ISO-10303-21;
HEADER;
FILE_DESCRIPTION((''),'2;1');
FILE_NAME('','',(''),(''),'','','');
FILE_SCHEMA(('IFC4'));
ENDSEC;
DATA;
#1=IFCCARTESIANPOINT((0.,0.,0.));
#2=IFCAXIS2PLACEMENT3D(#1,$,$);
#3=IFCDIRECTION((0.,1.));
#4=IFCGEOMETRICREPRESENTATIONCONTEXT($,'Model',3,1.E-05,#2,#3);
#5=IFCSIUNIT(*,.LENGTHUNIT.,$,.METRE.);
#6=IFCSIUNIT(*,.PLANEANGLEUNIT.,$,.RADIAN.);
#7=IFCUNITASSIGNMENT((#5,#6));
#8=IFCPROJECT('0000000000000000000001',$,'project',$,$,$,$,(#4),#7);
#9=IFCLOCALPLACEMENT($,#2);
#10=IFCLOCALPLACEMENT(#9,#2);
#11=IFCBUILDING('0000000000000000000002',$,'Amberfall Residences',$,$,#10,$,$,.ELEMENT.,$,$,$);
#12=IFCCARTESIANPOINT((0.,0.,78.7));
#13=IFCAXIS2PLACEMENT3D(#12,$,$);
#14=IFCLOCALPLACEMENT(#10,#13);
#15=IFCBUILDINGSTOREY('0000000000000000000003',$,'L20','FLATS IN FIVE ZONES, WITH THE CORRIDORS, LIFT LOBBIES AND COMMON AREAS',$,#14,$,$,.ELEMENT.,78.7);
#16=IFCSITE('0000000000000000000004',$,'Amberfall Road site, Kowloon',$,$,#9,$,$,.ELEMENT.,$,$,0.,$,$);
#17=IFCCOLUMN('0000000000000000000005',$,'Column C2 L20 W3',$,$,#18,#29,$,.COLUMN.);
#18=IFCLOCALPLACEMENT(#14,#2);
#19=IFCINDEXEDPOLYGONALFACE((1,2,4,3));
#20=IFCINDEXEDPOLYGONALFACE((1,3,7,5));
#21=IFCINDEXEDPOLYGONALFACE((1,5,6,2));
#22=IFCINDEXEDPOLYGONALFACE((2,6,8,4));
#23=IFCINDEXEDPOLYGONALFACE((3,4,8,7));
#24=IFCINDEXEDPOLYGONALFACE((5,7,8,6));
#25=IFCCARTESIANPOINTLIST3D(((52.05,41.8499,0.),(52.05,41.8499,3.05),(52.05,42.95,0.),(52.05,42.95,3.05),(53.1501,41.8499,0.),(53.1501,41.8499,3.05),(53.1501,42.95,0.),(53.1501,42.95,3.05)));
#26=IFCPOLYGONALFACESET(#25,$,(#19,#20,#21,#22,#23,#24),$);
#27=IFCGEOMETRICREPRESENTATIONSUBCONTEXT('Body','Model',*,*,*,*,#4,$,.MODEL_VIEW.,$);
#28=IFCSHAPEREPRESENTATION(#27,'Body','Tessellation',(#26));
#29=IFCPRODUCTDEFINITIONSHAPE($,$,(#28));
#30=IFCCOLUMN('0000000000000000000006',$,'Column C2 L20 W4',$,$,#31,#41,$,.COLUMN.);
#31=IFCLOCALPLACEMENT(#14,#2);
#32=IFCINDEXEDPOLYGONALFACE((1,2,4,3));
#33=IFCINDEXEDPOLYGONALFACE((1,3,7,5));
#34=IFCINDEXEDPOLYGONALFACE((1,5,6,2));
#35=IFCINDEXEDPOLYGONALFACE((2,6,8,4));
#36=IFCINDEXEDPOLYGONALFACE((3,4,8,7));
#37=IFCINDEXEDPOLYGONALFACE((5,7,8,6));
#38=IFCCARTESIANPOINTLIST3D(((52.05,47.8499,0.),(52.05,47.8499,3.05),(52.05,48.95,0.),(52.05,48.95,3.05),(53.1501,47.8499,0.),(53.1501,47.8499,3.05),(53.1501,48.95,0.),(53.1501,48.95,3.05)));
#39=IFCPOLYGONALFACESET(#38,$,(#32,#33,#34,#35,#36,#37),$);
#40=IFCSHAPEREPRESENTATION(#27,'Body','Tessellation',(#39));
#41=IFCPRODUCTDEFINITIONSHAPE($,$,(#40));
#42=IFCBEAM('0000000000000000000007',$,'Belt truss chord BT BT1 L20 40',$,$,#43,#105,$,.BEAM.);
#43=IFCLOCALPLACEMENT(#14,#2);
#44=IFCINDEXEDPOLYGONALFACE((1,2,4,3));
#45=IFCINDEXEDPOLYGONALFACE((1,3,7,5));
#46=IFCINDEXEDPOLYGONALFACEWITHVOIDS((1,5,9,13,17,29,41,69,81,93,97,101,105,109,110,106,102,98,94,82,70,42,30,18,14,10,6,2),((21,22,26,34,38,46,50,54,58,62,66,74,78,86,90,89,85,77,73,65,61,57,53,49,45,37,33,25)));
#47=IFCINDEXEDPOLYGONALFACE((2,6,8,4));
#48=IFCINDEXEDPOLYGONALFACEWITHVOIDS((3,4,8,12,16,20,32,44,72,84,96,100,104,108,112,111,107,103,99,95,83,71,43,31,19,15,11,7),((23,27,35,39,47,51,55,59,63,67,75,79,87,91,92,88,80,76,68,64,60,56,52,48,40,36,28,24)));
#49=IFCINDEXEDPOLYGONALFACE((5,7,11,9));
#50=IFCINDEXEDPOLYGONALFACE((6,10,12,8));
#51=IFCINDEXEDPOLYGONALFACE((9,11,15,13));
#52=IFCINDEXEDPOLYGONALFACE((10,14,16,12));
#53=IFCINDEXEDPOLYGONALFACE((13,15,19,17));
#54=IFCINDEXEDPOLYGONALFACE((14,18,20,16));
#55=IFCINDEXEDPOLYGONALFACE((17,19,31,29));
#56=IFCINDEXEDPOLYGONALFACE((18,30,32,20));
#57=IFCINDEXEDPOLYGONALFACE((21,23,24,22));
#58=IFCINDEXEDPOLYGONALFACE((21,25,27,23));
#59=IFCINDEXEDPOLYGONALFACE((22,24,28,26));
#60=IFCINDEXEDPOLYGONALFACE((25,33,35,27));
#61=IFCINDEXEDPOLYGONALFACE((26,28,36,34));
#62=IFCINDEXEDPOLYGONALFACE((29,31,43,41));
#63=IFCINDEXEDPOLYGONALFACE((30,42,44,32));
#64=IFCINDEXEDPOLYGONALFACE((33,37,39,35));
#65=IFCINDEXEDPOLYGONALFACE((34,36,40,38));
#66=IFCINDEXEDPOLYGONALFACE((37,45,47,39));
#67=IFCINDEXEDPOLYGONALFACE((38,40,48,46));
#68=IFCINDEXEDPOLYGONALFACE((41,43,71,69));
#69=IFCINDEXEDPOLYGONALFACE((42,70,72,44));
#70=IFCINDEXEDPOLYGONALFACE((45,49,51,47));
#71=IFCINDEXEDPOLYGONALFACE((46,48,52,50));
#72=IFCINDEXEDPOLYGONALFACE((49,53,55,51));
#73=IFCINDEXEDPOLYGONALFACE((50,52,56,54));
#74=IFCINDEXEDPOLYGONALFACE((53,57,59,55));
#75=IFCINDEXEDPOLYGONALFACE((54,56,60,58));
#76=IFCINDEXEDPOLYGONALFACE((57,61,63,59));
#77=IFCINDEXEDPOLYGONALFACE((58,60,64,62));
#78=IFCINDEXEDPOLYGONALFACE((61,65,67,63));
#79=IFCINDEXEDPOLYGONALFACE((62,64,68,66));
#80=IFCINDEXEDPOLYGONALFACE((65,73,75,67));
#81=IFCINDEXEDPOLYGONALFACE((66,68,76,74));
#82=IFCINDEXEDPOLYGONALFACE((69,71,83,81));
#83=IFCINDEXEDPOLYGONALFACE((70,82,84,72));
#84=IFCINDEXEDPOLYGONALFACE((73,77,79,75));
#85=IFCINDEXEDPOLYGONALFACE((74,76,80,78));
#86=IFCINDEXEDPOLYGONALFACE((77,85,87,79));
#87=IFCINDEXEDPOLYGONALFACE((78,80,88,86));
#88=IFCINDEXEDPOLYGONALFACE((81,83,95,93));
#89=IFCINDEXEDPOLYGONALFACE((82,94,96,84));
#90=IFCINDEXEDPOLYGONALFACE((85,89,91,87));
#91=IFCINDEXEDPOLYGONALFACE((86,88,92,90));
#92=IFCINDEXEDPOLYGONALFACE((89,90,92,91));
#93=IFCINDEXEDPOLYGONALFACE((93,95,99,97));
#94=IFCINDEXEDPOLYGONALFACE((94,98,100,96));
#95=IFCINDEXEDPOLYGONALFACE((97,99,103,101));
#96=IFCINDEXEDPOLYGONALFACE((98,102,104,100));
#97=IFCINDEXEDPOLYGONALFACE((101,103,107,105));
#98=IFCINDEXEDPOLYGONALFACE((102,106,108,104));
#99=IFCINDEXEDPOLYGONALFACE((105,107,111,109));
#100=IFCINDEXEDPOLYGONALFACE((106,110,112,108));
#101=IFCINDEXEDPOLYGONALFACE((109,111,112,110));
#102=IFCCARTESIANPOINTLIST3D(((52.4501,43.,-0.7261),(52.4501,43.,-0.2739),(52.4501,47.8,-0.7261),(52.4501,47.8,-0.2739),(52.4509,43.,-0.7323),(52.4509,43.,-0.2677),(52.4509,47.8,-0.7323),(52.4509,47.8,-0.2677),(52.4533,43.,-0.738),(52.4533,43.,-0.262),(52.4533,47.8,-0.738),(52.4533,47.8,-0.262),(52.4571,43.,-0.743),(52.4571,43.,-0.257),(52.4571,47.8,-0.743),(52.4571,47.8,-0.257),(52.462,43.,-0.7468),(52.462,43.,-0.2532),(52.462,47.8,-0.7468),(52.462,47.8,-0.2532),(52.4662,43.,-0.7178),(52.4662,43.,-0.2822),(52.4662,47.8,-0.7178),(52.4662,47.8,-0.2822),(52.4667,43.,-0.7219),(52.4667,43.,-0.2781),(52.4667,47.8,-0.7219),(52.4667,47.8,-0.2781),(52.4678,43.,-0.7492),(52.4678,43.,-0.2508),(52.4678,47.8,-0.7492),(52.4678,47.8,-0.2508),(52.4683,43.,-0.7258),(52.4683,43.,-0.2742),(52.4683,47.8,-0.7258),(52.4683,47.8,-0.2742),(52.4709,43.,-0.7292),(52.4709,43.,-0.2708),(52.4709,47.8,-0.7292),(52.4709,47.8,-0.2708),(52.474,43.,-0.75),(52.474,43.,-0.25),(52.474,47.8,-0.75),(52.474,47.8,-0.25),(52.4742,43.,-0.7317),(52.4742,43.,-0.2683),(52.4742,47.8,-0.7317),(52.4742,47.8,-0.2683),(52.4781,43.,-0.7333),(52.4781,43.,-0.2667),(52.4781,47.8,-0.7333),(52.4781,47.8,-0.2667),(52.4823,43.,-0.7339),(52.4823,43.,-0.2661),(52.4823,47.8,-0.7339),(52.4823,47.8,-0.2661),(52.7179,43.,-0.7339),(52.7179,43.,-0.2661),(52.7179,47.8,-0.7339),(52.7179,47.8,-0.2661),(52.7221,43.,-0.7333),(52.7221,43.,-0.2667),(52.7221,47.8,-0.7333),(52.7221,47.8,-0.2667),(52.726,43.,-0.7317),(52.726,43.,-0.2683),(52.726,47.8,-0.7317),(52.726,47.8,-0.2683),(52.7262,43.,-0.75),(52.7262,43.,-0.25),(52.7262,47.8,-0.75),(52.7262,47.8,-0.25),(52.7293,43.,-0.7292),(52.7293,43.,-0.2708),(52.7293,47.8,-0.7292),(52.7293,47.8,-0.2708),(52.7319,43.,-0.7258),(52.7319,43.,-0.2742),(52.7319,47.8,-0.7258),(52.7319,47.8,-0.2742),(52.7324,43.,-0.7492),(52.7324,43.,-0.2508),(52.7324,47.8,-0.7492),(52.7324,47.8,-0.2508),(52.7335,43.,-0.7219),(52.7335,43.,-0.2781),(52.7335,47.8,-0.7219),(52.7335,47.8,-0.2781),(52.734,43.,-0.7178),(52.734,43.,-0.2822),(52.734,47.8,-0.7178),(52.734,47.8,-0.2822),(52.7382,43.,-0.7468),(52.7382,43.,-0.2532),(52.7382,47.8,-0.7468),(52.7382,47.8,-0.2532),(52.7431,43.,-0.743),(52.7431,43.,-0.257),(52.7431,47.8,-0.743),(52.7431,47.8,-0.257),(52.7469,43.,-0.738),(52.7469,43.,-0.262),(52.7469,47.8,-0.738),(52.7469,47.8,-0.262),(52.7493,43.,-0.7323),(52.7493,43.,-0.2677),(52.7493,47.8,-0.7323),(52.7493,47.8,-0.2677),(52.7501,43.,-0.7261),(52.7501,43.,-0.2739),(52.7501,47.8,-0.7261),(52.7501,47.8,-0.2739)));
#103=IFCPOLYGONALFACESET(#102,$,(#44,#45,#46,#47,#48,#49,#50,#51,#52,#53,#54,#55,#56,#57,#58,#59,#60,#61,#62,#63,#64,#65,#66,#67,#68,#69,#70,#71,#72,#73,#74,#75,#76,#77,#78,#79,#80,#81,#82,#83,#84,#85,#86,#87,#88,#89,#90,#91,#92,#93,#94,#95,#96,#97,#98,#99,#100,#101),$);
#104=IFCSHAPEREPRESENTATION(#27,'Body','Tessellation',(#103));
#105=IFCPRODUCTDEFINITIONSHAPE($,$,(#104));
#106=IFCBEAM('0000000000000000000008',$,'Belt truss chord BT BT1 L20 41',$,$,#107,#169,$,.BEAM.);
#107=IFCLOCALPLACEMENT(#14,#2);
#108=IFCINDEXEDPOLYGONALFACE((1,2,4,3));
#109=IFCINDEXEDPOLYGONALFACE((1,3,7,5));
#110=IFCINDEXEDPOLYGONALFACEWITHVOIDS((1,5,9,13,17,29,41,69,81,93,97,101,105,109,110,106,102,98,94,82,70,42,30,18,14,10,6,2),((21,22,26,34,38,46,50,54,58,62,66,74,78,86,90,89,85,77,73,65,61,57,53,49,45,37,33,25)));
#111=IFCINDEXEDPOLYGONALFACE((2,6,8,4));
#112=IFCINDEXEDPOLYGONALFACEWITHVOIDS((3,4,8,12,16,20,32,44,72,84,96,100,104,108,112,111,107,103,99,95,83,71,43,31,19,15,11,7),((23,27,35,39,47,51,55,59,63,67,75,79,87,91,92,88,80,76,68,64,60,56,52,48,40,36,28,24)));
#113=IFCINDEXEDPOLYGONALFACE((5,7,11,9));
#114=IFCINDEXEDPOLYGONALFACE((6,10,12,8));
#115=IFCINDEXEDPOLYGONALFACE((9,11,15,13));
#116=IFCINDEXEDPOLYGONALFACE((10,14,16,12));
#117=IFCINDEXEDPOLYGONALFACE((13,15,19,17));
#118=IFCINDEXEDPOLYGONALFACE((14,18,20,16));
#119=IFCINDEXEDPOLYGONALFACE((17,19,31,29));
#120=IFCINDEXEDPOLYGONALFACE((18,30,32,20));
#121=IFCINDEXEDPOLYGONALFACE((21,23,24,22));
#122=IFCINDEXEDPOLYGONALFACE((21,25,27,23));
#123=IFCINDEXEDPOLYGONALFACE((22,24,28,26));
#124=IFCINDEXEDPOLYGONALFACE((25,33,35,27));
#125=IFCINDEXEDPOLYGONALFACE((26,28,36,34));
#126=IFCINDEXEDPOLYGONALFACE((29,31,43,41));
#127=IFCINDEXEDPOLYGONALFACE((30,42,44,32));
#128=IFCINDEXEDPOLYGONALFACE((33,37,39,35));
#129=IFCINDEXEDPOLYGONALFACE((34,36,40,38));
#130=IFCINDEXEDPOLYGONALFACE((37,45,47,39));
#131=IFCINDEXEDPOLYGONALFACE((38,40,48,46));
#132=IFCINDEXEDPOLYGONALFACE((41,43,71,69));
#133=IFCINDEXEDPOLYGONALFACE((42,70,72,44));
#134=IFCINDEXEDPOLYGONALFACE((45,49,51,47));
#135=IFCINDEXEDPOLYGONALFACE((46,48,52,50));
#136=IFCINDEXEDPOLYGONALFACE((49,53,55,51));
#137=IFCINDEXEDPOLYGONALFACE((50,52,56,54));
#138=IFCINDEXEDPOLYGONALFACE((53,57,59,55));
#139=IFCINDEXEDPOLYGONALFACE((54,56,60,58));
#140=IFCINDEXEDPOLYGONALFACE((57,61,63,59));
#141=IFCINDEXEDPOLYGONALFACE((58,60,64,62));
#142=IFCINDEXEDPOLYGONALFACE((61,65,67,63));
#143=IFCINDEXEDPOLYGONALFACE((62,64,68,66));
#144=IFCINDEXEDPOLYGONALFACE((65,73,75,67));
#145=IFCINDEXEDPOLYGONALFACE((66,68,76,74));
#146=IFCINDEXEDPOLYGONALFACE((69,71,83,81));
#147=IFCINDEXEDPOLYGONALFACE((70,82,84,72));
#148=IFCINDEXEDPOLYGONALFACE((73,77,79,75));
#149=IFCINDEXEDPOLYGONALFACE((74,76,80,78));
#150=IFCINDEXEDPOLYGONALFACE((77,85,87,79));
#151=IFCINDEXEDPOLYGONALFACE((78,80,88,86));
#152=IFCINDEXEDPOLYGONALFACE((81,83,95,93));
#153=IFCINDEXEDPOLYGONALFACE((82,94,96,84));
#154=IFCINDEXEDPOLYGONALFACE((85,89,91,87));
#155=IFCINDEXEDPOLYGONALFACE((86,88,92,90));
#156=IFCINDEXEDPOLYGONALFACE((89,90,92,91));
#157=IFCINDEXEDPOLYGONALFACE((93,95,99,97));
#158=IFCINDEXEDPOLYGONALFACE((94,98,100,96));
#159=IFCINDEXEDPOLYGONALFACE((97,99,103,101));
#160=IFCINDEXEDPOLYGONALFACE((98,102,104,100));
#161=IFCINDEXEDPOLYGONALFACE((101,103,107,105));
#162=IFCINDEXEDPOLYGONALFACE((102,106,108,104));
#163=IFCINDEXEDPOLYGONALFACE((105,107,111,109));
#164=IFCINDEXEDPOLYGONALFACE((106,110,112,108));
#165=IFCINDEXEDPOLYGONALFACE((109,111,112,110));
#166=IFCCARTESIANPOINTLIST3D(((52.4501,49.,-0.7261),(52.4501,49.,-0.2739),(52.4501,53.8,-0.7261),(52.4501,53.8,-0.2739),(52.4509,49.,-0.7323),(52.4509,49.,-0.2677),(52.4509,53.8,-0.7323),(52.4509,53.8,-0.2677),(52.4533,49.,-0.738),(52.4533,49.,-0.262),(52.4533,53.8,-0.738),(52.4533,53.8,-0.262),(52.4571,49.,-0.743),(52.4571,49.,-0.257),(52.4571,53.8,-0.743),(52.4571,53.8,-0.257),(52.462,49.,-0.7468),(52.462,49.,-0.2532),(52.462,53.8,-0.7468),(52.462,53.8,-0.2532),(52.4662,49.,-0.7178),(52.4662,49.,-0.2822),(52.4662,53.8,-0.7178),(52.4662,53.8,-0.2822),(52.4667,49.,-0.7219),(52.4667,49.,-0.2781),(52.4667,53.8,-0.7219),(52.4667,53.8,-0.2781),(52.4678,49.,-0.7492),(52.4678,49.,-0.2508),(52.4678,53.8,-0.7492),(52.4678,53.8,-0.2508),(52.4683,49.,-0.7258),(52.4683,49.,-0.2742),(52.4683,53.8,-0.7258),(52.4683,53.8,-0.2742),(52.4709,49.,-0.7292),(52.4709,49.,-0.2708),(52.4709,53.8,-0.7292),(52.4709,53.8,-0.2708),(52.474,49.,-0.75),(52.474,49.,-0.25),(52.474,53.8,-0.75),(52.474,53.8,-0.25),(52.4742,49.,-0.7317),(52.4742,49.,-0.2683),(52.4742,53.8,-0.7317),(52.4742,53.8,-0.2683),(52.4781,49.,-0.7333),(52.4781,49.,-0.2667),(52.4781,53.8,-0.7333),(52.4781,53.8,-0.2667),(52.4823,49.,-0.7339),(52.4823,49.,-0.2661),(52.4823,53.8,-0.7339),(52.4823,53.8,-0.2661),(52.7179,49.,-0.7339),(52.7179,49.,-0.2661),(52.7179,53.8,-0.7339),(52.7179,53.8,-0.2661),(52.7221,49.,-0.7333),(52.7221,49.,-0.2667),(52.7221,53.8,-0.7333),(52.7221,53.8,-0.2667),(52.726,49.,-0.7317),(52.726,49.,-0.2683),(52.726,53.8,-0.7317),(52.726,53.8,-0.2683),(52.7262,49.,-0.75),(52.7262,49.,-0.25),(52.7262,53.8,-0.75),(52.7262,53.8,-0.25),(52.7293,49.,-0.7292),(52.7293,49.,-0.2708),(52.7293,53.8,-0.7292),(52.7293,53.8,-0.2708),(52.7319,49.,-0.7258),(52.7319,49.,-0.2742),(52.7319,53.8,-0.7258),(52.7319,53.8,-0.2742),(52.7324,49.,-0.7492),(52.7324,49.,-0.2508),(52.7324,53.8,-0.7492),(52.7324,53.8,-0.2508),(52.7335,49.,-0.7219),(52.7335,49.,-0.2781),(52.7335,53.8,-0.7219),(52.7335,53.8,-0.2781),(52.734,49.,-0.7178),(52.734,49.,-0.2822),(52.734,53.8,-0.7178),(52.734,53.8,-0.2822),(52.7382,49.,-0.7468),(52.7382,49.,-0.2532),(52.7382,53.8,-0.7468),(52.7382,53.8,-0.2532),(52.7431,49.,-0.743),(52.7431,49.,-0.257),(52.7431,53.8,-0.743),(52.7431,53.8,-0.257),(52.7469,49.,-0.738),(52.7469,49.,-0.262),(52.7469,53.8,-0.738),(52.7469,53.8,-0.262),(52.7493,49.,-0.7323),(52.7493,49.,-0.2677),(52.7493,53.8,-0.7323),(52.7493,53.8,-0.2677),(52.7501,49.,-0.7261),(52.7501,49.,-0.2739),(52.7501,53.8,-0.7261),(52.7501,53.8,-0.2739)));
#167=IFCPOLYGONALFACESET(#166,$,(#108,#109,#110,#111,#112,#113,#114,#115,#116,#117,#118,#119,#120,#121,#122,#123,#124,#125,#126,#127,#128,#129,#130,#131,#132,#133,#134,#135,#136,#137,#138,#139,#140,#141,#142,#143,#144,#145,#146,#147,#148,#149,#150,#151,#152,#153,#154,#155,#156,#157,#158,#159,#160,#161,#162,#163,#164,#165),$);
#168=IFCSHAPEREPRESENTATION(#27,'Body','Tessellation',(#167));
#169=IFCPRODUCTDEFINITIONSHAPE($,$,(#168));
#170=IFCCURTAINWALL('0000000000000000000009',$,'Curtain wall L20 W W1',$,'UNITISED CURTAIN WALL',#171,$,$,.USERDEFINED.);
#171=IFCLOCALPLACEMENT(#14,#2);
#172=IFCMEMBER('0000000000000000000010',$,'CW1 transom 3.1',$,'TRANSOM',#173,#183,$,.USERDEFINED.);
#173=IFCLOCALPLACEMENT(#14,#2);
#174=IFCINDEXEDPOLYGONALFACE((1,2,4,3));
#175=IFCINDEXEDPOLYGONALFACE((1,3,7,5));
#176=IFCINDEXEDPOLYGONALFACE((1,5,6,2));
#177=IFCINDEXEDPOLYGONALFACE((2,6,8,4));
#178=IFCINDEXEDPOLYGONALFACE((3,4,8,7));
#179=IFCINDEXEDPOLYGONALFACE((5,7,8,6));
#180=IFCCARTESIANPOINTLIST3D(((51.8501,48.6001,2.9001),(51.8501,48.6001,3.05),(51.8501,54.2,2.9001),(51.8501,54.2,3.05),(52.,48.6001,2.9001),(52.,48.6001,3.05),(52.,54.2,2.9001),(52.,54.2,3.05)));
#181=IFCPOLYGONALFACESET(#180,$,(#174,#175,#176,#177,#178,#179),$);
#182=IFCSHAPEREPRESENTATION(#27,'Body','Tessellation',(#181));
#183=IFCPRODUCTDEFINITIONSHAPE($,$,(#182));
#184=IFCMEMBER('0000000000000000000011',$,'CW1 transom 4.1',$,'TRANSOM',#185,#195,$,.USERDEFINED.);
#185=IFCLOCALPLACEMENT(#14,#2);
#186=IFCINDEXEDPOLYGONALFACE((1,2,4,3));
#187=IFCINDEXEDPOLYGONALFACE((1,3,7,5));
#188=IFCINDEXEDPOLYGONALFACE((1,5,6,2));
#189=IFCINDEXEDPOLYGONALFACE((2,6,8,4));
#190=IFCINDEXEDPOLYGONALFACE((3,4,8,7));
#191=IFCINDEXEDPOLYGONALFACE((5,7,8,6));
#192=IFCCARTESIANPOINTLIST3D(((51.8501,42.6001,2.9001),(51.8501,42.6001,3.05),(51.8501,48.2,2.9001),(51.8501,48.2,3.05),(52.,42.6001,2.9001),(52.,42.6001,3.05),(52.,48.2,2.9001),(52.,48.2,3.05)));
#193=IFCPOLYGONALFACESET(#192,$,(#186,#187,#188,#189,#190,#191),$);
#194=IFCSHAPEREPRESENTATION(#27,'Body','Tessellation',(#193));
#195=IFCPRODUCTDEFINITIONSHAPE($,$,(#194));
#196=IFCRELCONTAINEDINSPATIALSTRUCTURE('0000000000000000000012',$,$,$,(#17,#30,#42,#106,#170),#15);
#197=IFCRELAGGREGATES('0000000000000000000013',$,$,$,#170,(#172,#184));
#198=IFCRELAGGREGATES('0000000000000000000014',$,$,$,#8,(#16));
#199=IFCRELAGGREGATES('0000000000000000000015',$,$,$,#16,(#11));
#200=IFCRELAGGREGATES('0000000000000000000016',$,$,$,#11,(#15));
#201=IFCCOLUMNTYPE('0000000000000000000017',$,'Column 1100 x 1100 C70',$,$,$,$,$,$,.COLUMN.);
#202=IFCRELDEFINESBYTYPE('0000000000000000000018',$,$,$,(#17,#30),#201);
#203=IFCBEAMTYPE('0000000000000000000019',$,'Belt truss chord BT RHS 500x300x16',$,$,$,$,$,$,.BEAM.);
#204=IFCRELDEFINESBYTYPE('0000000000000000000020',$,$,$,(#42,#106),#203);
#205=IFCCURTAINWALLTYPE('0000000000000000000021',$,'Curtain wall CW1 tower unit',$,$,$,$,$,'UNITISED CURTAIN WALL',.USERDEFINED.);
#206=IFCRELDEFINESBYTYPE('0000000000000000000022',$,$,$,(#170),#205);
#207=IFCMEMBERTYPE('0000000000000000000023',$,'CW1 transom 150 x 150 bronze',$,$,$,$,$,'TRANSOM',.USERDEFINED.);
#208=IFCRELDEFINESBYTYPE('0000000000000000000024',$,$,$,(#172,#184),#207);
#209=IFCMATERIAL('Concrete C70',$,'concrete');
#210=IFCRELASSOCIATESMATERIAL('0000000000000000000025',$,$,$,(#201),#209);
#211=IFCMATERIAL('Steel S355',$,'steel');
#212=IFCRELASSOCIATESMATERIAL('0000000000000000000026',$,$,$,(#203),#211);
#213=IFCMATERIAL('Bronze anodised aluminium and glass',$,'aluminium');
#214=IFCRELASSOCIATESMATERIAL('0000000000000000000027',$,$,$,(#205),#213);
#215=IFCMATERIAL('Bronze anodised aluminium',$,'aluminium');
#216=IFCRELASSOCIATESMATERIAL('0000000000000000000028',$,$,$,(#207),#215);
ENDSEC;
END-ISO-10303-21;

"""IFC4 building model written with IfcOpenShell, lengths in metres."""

from ifc_helpers import new_model, si_unit, direction, frame, origin, origin_2d, place, context, subcontext, project, spatial, rectangle, hollow_rectangle, extrude, material, material_profile, profile_set, type_object, element, aggregate, save


model = new_model("IFC4")

# Units and contexts
model_context = context("Model", 3, precision=1e-05, world=origin(), true_north=direction((0.0, 1.0)))
body_context = subcontext(model_context, "Body", "Model", "MODEL_VIEW")
ifc_project = project(units=[si_unit("LENGTHUNIT", "METRE"), si_unit("PLANEANGLEUNIT", "RADIAN")], contexts=[model_context])

# Site, building, storey
site_placement = place(None, origin())
site = spatial("IfcSite", under=ifc_project, at=site_placement, Name="Amberfall Road site, Kowloon", CompositionType="ELEMENT", RefElevation=0.0)
building_placement = place(site_placement, origin())
building = spatial("IfcBuilding", under=site, at=building_placement, Name="Amberfall Residences", CompositionType="ELEMENT")
storey_placement = place(building_placement, frame((0.0, 0.0, 78.7)))
storey = spatial("IfcBuildingStorey", under=building, at=storey_placement, Name="L20", Description="FLATS IN FIVE ZONES, WITH THE CORRIDORS, LIFT LOBBIES AND COMMON AREAS", CompositionType="ELEMENT", Elevation=78.7)

# Columns
ifc_material_1 = material(Name="Concrete C70", Category="concrete")
ifc_material_profile_1 = material_profile(ifc_material_1, rectangle(XDim=1.1001, YDim=1.1001, at=origin_2d()), Name="Column 1100 x 1100 C70")
ifc_profile_set_1 = profile_set([ifc_material_profile_1], Name="Concrete C70")
column_type = type_object("IfcColumnType", Name="Column 1100 x 1100 C70", PredefinedType="COLUMN", material=ifc_profile_set_1)
for number, where, z_axis, x_axis, name in (
    (1, (52.6001, 42.3999, 0.0), (0.0, 0.0, 1.0), (1.0, 0.0, 0.0), "Column C2 L20 W3"),
    (2, (52.6001, 48.3999, 0.0), (0.0, 0.0, 1.0), (1.0, 0.0, 0.0), "Column C2 L20 W4"),
):
    element("IfcColumn", number, at=place(storey_placement, frame(where, z_axis=z_axis, x_axis=x_axis)), inside=storey, type_object=column_type, Name=name, PredefinedType="COLUMN", context=body_context, shape_type="SweptSolid", body=[
        extrude(rectangle(XDim=1.1001, YDim=1.1001, at=origin_2d()), origin(), (0.0, 0.0, 1.0), 3.05),
    ])

# Beams
ifc_material_2 = material(Name="Steel S355", Category="steel")
ifc_material_profile_2 = material_profile(ifc_material_2, hollow_rectangle(XDim=0.3, YDim=0.5, WallThickness=0.0161, InnerFilletRadius=0.0161, OuterFilletRadius=0.0239, at=origin_2d()), Name="RHS 500x300x16")
ifc_profile_set_2 = profile_set([ifc_material_profile_2], Name="Steel S355")
beam_type_1 = type_object("IfcBeamType", Name="Belt truss chord BT RHS 500x300x16", PredefinedType="BEAM", material=ifc_profile_set_2)
for number, where, z_axis, x_axis, name in (
    (3, (52.6001, 43.0, -0.5), (0.0, 1.0, 0.0), (-1.0, 0.0, 0.0), "Belt truss chord BT BT1 L20 40"),
    (4, (52.6001, 49.0, -0.5), (0.0, 1.0, 0.0), (-1.0, 0.0, 0.0), "Belt truss chord BT BT1 L20 41"),
):
    element("IfcBeam", number, at=place(storey_placement, frame(where, z_axis=z_axis, x_axis=x_axis)), inside=storey, type_object=beam_type_1, Name=name, PredefinedType="BEAM", context=body_context, shape_type="SweptSolid", body=[
        extrude(hollow_rectangle(XDim=0.3, YDim=0.5, WallThickness=0.0161, InnerFilletRadius=0.0161, OuterFilletRadius=0.0239, at=origin_2d()), origin(), (0.0, 0.0, 1.0), 4.8),
    ])

# Curtain wall, members
ifc_material_3 = material(Name="Bronze anodised aluminium and glass", Category="aluminium")
curtain_wall_type = type_object("IfcCurtainWallType", Name="Curtain wall CW1 tower unit", ElementType="UNITISED CURTAIN WALL", PredefinedType="USERDEFINED", material=ifc_material_3)
curtain_wall_placement = place(storey_placement, origin())
curtain_wall = element("IfcCurtainWall", 5, at=curtain_wall_placement, inside=storey, type_object=curtain_wall_type, Name="Curtain wall L20 W W1", ObjectType="UNITISED CURTAIN WALL", PredefinedType="USERDEFINED")
ifc_material_4 = material(Name="Bronze anodised aluminium", Category="aluminium")
ifc_material_profile_3 = material_profile(ifc_material_4, rectangle(XDim=0.1499, YDim=0.1499, at=origin_2d()), Name="CW1 transom 150 x 150 bronze")
ifc_profile_set_3 = profile_set([ifc_material_profile_3], Name="Bronze anodised aluminium")
member_type_1 = type_object("IfcMemberType", Name="CW1 transom 150 x 150 bronze", ElementType="TRANSOM", PredefinedType="USERDEFINED", material=ifc_profile_set_3)
member_1_placement = place(storey_placement, frame((51.925, 54.2, 2.9751), z_axis=(0.0, -1.0, 0.0), x_axis=(1.0, 0.0, 0.0)))
member_1 = element("IfcMember", 6, at=member_1_placement, type_object=member_type_1, Name="CW1 transom 3.1", ObjectType="TRANSOM", PredefinedType="USERDEFINED", context=body_context, shape_type="SweptSolid", body=[
    extrude(rectangle(XDim=0.1499, YDim=0.1499, at=origin_2d()), origin(), (0.0, 0.0, 1.0), 5.5999),
])
member_2_placement = place(storey_placement, frame((51.925, 48.2, 2.9751), z_axis=(0.0, -1.0, 0.0), x_axis=(1.0, 0.0, 0.0)))
member_2 = element("IfcMember", 7, at=member_2_placement, type_object=member_type_1, Name="CW1 transom 4.1", ObjectType="TRANSOM", PredefinedType="USERDEFINED", context=body_context, shape_type="SweptSolid", body=[
    extrude(rectangle(XDim=0.1499, YDim=0.1499, at=origin_2d()), origin(), (0.0, 0.0, 1.0), 5.5999),
])

aggregate(curtain_wall, [member_1, member_2])

save(model, "model.ifc")
